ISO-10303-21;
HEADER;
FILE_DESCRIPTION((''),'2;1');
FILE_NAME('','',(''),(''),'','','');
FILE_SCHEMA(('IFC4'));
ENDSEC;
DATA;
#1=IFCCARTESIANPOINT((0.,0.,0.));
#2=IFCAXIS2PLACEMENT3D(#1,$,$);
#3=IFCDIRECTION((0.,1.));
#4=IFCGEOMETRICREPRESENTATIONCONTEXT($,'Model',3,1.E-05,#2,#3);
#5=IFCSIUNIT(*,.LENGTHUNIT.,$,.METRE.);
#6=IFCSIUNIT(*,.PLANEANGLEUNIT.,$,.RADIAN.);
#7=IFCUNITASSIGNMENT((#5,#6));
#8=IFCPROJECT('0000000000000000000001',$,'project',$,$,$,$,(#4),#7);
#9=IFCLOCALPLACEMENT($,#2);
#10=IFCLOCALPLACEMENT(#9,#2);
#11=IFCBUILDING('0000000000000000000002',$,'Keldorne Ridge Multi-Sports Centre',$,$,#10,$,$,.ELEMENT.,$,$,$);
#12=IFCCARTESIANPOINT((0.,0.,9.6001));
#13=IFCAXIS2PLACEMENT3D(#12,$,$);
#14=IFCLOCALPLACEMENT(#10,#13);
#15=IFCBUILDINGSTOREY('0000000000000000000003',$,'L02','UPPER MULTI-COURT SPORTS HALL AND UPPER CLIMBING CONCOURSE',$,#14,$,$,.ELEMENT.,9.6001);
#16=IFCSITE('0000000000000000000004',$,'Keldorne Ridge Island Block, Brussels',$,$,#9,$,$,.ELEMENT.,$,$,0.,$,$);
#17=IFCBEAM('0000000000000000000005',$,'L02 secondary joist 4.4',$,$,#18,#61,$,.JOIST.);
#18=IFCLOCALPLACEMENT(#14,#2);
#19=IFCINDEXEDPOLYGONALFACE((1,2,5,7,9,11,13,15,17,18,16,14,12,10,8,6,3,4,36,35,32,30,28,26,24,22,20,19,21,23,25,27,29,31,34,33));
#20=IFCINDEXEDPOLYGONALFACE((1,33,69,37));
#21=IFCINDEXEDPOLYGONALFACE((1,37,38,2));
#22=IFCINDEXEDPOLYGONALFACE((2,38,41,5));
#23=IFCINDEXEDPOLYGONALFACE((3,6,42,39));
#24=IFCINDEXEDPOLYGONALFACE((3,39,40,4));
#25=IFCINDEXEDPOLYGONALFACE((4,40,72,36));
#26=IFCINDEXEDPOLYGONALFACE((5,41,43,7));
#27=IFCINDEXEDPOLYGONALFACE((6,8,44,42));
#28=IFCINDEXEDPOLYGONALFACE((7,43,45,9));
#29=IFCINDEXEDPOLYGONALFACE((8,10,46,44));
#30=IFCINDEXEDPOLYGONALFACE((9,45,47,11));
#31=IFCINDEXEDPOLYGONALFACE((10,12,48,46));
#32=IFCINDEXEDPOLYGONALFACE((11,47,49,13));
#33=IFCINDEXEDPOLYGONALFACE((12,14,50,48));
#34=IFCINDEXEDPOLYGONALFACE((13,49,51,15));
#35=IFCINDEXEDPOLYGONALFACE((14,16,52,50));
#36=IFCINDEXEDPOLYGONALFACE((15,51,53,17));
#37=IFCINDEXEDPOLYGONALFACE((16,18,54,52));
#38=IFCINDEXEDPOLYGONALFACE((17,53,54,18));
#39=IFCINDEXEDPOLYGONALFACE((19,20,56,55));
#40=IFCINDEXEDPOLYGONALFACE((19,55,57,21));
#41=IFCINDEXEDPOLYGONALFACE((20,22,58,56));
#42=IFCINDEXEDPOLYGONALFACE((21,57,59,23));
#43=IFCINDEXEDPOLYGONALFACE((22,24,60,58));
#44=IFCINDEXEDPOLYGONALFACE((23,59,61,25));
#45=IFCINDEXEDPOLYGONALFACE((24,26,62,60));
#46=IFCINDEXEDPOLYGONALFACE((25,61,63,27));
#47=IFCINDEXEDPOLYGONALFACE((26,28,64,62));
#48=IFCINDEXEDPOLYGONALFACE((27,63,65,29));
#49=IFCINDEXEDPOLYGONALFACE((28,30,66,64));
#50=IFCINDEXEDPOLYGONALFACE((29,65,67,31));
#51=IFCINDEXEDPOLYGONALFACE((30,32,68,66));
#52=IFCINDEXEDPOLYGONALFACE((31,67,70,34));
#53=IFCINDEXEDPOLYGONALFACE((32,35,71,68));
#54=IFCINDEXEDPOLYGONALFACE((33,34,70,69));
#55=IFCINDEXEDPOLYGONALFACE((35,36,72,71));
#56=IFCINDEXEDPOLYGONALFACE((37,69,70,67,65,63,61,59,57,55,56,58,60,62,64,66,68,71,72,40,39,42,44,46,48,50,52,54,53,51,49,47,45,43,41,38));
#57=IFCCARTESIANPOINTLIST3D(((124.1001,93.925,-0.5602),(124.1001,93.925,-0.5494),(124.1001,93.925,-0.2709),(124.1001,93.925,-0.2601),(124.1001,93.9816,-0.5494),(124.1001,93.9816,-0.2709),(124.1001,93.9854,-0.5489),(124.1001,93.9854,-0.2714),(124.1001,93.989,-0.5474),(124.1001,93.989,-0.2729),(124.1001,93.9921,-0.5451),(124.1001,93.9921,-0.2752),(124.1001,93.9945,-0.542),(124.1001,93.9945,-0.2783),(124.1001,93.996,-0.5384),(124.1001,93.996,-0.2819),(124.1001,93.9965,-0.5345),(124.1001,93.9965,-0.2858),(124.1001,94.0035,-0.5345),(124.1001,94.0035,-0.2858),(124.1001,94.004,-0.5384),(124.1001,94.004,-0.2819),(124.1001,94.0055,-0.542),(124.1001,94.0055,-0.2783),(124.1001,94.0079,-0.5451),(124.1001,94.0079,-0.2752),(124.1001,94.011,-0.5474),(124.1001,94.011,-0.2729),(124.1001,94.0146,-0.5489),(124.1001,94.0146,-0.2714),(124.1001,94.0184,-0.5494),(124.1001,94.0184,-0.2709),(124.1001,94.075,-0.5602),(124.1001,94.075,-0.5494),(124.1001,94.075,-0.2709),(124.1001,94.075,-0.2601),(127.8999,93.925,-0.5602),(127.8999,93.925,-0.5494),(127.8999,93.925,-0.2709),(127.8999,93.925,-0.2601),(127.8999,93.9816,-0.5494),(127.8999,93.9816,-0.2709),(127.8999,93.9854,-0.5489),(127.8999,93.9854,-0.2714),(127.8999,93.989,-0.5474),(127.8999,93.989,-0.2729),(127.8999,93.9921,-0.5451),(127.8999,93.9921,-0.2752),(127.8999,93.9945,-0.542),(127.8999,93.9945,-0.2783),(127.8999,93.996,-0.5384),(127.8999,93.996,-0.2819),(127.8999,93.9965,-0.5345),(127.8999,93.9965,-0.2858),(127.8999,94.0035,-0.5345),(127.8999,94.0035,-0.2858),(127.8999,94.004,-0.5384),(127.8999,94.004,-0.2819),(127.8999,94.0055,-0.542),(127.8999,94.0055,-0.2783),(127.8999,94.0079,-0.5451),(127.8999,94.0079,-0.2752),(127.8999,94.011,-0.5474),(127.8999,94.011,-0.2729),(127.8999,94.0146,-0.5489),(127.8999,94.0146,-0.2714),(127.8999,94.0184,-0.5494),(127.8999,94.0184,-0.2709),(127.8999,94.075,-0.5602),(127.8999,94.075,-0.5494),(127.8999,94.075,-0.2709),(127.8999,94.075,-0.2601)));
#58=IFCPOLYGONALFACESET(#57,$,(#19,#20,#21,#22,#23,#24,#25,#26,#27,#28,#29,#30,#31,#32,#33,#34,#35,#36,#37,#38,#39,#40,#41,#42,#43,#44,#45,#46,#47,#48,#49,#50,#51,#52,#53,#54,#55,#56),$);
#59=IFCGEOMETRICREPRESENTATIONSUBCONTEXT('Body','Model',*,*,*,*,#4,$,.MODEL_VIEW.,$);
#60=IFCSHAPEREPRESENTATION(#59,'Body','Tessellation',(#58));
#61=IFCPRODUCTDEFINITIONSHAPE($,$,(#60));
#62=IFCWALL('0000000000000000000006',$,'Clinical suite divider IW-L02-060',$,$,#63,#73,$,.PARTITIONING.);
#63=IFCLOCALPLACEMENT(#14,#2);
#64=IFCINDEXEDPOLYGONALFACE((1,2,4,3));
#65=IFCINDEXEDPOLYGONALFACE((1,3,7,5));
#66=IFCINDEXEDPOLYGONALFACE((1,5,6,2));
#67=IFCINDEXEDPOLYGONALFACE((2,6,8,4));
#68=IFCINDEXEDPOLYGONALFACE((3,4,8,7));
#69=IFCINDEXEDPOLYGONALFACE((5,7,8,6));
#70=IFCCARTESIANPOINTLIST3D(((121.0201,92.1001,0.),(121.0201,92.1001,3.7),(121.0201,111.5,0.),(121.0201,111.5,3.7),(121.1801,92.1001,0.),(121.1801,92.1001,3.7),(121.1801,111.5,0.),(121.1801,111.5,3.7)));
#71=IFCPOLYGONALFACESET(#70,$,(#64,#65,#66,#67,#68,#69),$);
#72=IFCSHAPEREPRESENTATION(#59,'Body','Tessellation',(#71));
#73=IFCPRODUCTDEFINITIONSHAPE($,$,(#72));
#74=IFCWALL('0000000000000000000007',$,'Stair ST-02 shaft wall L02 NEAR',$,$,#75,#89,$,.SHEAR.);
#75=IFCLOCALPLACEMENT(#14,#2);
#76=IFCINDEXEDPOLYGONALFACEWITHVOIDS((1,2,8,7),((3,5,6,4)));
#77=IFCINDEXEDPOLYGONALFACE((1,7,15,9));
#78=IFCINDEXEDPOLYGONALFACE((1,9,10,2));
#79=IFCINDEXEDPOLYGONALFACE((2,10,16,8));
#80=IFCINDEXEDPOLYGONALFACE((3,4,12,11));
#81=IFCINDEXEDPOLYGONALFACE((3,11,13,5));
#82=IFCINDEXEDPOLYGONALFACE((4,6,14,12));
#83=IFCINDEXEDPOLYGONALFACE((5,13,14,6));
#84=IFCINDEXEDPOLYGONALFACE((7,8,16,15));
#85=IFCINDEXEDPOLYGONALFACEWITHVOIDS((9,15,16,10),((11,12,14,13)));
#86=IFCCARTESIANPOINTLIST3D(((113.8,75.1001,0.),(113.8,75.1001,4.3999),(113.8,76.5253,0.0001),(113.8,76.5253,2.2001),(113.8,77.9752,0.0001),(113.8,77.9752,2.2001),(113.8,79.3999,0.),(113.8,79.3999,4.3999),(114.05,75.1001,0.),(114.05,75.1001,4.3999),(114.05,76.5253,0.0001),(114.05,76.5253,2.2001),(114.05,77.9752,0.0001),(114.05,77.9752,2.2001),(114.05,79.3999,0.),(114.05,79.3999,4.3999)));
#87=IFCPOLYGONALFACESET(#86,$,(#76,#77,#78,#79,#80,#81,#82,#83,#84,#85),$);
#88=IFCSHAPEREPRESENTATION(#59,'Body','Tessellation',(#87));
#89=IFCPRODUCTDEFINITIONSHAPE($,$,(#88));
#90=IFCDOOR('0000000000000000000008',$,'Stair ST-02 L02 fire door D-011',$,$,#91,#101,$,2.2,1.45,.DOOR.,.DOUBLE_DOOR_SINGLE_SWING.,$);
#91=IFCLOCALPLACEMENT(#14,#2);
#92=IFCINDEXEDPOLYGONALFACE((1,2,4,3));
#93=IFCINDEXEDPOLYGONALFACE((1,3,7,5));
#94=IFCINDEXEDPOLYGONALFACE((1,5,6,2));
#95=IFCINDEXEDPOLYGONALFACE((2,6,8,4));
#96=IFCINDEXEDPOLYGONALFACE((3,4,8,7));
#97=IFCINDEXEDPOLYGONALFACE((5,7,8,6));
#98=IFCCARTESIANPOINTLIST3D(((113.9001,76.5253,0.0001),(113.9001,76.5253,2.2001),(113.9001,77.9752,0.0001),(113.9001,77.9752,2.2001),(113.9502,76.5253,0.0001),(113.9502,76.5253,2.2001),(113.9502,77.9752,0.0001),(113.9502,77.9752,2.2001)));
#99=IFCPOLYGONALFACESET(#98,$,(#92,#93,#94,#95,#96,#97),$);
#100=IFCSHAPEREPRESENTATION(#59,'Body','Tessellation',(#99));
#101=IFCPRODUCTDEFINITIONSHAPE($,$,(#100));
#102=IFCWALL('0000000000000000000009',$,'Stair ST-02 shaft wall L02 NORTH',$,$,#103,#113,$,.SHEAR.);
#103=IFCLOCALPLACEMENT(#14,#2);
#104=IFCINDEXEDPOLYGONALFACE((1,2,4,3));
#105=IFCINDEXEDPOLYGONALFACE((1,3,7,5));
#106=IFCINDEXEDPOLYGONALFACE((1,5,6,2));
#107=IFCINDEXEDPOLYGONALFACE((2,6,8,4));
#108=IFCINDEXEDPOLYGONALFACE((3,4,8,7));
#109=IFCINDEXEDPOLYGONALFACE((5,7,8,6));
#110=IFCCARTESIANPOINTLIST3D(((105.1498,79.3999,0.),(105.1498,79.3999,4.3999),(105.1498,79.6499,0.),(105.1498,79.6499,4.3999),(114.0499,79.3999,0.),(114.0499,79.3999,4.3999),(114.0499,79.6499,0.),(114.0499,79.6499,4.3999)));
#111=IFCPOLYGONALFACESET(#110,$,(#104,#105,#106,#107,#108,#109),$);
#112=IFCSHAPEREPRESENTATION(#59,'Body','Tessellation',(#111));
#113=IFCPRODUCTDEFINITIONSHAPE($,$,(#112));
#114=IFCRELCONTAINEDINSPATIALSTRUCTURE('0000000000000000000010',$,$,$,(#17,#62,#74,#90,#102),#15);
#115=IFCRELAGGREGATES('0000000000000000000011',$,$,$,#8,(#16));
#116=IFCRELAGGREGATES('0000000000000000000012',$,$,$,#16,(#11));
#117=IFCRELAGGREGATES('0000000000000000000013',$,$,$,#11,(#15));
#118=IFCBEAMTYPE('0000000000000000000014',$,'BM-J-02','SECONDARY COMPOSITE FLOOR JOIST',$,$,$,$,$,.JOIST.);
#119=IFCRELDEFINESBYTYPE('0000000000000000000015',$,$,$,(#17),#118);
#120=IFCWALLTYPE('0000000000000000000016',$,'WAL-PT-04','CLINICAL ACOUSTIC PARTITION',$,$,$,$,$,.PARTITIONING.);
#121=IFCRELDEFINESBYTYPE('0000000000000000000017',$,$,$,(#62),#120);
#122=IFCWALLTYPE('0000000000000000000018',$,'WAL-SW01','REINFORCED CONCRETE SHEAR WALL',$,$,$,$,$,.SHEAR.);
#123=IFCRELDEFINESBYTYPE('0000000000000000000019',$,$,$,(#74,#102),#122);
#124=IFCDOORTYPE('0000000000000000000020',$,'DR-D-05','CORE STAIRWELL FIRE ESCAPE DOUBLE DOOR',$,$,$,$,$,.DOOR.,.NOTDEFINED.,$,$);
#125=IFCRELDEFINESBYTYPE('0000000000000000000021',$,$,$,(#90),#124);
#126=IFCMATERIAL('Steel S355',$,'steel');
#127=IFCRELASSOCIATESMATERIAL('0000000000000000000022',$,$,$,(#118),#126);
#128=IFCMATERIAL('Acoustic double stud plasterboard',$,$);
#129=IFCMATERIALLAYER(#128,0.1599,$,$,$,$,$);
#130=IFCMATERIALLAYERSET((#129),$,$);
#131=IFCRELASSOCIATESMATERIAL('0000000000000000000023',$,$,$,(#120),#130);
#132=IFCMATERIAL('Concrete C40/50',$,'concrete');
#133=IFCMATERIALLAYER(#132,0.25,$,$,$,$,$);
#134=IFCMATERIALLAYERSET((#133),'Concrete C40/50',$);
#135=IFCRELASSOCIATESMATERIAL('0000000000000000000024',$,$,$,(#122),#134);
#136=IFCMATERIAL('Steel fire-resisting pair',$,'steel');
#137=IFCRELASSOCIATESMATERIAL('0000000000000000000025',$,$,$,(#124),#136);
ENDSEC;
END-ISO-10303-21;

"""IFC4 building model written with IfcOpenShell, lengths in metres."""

from ifc_helpers import new_model, si_unit, direction, frame, frame_2d, origin, origin_2d, place, context, subcontext, project, spatial, rectangle, i_section, extrude, material, layer, layer_set, material_profile, profile_set, type_object, element, fill, save


model = new_model("IFC4")

# Units and contexts
model_context = context("Model", 3, precision=1e-05, world=origin(), true_north=direction((0.0, 1.0)))
body_context = subcontext(model_context, "Body", "Model", "MODEL_VIEW")
ifc_project = project(units=[si_unit("LENGTHUNIT", "METRE"), si_unit("PLANEANGLEUNIT", "RADIAN")], contexts=[model_context])

# Site, building, storey
site_placement = place(None, origin())
site = spatial("IfcSite", under=ifc_project, at=site_placement, Name="Keldorne Ridge Island Block, Brussels", CompositionType="ELEMENT", RefElevation=0.0)
building_placement = place(site_placement, origin())
building = spatial("IfcBuilding", under=site, at=building_placement, Name="Keldorne Ridge Multi-Sports Centre", CompositionType="ELEMENT")
storey_placement = place(building_placement, frame((0.0, 0.0, 9.6001)))
storey = spatial("IfcBuildingStorey", under=building, at=storey_placement, Name="L02", Description="UPPER MULTI-COURT SPORTS HALL AND UPPER CLIMBING CONCOURSE", CompositionType="ELEMENT", Elevation=9.6001)

# Shared definitions
ifc_material_1 = material(Name="Steel S355", Category="steel")

# Beam
ifc_material_profile_1 = material_profile(ifc_material_1, i_section(OverallWidth=0.1499, OverallDepth=0.3, WebThickness=0.0071, FlangeThickness=0.0107, FilletRadius=0.0149, at=origin_2d()), Name="IPE 300")
ifc_profile_set_1 = profile_set([ifc_material_profile_1], Name="Steel S355")
beam_type_1 = type_object("IfcBeamType", Name="BM-J-02", Description="SECONDARY COMPOSITE FLOOR JOIST", PredefinedType="JOIST", material=ifc_profile_set_1)
for number, where, z_axis, x_axis, name in (
    (1, (124.1001, 94.0, -0.4102), (1.0, 0.0, 0.0), (0.0, 1.0, 0.0), "L02 secondary joist 4.4"),
):
    element("IfcBeam", number, at=place(storey_placement, frame(where, z_axis=z_axis, x_axis=x_axis)), inside=storey, type_object=beam_type_1, Name=name, PredefinedType="JOIST", context=body_context, shape_type="SweptSolid", body=[
        extrude(i_section(OverallWidth=0.1499, OverallDepth=0.3, WebThickness=0.0071, FlangeThickness=0.0107, FilletRadius=0.0149, at=origin_2d()), origin(), (0.0, 0.0, 1.0), 3.7998),
    ])

# Wall
ifc_material_2 = material(Name="Acoustic double stud plasterboard")
ifc_layer_1 = layer(ifc_material_2, 0.1599)
ifc_layer_set_1 = layer_set([ifc_layer_1])
wall_type_1 = type_object("IfcWallType", Name="WAL-PT-04", Description="CLINICAL ACOUSTIC PARTITION", PredefinedType="PARTITIONING", material=ifc_layer_set_1)
wall_1_placement = place(storey_placement, frame((121.1001, 92.1001, 0.0), z_axis=(0.0, 0.0, 1.0), x_axis=(0.0, 1.0, 0.0)))
element("IfcWall", 2, at=wall_1_placement, inside=storey, type_object=wall_type_1, Name="Clinical suite divider IW-L02-060", PredefinedType="PARTITIONING", context=body_context, shape_type="SweptSolid", body=[
    extrude(rectangle(XDim=19.3999, YDim=0.1599, at=frame_2d((9.7, 0.0))), origin(), (0.0, 0.0, 1.0), 3.7),
])

# Wall, opening, door
ifc_material_3 = material(Name="Concrete C40/50", Category="concrete")
ifc_layer_2 = layer(ifc_material_3, 0.25)
ifc_layer_set_2 = layer_set([ifc_layer_2], Name="Concrete C40/50")
wall_type_2 = type_object("IfcWallType", Name="WAL-SW01", Description="REINFORCED CONCRETE SHEAR WALL", PredefinedType="SHEAR", material=ifc_layer_set_2)
wall_2_placement = place(storey_placement, frame((113.925, 75.1001, 0.0), z_axis=(0.0, 0.0, 1.0), x_axis=(0.0, 1.0, 0.0)))
wall_2 = element("IfcWall", 3, at=wall_2_placement, inside=storey, type_object=wall_type_2, Name="Stair ST-02 shaft wall L02 NEAR", PredefinedType="SHEAR", context=body_context, shape_type="SweptSolid", body=[
    extrude(rectangle(XDim=4.2998, YDim=0.25, at=frame_2d((2.1499, 0.0))), origin(), (0.0, 0.0, 1.0), 4.3999),
])
opening_placement = place(wall_2_placement, frame((1.425, 0.0, 0.0)))
opening = element("IfcOpeningElement", 4, at=opening_placement, cuts=wall_2, PredefinedType="OPENING", context=body_context, shape_type="SweptSolid", body=[
    extrude(rectangle(XDim=1.45, YDim=2.2, at=frame_2d((0.7251, 1.1001))), frame((0.0, 0.135, 0.0), z_axis=(0.0, -1.0, 0.0), x_axis=(1.0, 0.0, 0.0)), (0.0, 0.0, 1.0), 0.27),
])
ifc_material_4 = material(Name="Steel fire-resisting pair", Category="steel")
door_type = type_object("IfcDoorType", Name="DR-D-05", Description="CORE STAIRWELL FIRE ESCAPE DOUBLE DOOR", OperationType="NOTDEFINED", PredefinedType="DOOR", material=ifc_material_4)
door_placement = place(opening_placement, origin())
door = element("IfcDoor", 5, at=door_placement, inside=storey, type_object=door_type, Name="Stair ST-02 L02 fire door D-011", OperationType="DOUBLE_DOOR_SINGLE_SWING", OverallHeight=2.2, OverallWidth=1.45, PredefinedType="DOOR", context=body_context, shape_type="SweptSolid", body=[
    extrude(rectangle(XDim=1.45, YDim=2.2, at=frame_2d((0.7251, 1.1001))), frame((0.0, 0.0249, 0.0), z_axis=(0.0, -1.0, 0.0), x_axis=(1.0, 0.0, 0.0)), (0.0, 0.0, 1.0), 0.05),
])
fill(opening, door)

# Wall
wall_3_placement = place(storey_placement, frame((114.05, 79.5249, 0.0), z_axis=(0.0, 0.0, 1.0), x_axis=(-1.0, 0.0, 0.0)))
element("IfcWall", 6, at=wall_3_placement, inside=storey, type_object=wall_type_2, Name="Stair ST-02 shaft wall L02 NORTH", PredefinedType="SHEAR", context=body_context, shape_type="SweptSolid", body=[
    extrude(rectangle(XDim=8.9001, YDim=0.25, at=frame_2d((4.4502, 0.0))), origin(), (0.0, 0.0, 1.0), 4.3999),
])

save(model, "model.ifc")
